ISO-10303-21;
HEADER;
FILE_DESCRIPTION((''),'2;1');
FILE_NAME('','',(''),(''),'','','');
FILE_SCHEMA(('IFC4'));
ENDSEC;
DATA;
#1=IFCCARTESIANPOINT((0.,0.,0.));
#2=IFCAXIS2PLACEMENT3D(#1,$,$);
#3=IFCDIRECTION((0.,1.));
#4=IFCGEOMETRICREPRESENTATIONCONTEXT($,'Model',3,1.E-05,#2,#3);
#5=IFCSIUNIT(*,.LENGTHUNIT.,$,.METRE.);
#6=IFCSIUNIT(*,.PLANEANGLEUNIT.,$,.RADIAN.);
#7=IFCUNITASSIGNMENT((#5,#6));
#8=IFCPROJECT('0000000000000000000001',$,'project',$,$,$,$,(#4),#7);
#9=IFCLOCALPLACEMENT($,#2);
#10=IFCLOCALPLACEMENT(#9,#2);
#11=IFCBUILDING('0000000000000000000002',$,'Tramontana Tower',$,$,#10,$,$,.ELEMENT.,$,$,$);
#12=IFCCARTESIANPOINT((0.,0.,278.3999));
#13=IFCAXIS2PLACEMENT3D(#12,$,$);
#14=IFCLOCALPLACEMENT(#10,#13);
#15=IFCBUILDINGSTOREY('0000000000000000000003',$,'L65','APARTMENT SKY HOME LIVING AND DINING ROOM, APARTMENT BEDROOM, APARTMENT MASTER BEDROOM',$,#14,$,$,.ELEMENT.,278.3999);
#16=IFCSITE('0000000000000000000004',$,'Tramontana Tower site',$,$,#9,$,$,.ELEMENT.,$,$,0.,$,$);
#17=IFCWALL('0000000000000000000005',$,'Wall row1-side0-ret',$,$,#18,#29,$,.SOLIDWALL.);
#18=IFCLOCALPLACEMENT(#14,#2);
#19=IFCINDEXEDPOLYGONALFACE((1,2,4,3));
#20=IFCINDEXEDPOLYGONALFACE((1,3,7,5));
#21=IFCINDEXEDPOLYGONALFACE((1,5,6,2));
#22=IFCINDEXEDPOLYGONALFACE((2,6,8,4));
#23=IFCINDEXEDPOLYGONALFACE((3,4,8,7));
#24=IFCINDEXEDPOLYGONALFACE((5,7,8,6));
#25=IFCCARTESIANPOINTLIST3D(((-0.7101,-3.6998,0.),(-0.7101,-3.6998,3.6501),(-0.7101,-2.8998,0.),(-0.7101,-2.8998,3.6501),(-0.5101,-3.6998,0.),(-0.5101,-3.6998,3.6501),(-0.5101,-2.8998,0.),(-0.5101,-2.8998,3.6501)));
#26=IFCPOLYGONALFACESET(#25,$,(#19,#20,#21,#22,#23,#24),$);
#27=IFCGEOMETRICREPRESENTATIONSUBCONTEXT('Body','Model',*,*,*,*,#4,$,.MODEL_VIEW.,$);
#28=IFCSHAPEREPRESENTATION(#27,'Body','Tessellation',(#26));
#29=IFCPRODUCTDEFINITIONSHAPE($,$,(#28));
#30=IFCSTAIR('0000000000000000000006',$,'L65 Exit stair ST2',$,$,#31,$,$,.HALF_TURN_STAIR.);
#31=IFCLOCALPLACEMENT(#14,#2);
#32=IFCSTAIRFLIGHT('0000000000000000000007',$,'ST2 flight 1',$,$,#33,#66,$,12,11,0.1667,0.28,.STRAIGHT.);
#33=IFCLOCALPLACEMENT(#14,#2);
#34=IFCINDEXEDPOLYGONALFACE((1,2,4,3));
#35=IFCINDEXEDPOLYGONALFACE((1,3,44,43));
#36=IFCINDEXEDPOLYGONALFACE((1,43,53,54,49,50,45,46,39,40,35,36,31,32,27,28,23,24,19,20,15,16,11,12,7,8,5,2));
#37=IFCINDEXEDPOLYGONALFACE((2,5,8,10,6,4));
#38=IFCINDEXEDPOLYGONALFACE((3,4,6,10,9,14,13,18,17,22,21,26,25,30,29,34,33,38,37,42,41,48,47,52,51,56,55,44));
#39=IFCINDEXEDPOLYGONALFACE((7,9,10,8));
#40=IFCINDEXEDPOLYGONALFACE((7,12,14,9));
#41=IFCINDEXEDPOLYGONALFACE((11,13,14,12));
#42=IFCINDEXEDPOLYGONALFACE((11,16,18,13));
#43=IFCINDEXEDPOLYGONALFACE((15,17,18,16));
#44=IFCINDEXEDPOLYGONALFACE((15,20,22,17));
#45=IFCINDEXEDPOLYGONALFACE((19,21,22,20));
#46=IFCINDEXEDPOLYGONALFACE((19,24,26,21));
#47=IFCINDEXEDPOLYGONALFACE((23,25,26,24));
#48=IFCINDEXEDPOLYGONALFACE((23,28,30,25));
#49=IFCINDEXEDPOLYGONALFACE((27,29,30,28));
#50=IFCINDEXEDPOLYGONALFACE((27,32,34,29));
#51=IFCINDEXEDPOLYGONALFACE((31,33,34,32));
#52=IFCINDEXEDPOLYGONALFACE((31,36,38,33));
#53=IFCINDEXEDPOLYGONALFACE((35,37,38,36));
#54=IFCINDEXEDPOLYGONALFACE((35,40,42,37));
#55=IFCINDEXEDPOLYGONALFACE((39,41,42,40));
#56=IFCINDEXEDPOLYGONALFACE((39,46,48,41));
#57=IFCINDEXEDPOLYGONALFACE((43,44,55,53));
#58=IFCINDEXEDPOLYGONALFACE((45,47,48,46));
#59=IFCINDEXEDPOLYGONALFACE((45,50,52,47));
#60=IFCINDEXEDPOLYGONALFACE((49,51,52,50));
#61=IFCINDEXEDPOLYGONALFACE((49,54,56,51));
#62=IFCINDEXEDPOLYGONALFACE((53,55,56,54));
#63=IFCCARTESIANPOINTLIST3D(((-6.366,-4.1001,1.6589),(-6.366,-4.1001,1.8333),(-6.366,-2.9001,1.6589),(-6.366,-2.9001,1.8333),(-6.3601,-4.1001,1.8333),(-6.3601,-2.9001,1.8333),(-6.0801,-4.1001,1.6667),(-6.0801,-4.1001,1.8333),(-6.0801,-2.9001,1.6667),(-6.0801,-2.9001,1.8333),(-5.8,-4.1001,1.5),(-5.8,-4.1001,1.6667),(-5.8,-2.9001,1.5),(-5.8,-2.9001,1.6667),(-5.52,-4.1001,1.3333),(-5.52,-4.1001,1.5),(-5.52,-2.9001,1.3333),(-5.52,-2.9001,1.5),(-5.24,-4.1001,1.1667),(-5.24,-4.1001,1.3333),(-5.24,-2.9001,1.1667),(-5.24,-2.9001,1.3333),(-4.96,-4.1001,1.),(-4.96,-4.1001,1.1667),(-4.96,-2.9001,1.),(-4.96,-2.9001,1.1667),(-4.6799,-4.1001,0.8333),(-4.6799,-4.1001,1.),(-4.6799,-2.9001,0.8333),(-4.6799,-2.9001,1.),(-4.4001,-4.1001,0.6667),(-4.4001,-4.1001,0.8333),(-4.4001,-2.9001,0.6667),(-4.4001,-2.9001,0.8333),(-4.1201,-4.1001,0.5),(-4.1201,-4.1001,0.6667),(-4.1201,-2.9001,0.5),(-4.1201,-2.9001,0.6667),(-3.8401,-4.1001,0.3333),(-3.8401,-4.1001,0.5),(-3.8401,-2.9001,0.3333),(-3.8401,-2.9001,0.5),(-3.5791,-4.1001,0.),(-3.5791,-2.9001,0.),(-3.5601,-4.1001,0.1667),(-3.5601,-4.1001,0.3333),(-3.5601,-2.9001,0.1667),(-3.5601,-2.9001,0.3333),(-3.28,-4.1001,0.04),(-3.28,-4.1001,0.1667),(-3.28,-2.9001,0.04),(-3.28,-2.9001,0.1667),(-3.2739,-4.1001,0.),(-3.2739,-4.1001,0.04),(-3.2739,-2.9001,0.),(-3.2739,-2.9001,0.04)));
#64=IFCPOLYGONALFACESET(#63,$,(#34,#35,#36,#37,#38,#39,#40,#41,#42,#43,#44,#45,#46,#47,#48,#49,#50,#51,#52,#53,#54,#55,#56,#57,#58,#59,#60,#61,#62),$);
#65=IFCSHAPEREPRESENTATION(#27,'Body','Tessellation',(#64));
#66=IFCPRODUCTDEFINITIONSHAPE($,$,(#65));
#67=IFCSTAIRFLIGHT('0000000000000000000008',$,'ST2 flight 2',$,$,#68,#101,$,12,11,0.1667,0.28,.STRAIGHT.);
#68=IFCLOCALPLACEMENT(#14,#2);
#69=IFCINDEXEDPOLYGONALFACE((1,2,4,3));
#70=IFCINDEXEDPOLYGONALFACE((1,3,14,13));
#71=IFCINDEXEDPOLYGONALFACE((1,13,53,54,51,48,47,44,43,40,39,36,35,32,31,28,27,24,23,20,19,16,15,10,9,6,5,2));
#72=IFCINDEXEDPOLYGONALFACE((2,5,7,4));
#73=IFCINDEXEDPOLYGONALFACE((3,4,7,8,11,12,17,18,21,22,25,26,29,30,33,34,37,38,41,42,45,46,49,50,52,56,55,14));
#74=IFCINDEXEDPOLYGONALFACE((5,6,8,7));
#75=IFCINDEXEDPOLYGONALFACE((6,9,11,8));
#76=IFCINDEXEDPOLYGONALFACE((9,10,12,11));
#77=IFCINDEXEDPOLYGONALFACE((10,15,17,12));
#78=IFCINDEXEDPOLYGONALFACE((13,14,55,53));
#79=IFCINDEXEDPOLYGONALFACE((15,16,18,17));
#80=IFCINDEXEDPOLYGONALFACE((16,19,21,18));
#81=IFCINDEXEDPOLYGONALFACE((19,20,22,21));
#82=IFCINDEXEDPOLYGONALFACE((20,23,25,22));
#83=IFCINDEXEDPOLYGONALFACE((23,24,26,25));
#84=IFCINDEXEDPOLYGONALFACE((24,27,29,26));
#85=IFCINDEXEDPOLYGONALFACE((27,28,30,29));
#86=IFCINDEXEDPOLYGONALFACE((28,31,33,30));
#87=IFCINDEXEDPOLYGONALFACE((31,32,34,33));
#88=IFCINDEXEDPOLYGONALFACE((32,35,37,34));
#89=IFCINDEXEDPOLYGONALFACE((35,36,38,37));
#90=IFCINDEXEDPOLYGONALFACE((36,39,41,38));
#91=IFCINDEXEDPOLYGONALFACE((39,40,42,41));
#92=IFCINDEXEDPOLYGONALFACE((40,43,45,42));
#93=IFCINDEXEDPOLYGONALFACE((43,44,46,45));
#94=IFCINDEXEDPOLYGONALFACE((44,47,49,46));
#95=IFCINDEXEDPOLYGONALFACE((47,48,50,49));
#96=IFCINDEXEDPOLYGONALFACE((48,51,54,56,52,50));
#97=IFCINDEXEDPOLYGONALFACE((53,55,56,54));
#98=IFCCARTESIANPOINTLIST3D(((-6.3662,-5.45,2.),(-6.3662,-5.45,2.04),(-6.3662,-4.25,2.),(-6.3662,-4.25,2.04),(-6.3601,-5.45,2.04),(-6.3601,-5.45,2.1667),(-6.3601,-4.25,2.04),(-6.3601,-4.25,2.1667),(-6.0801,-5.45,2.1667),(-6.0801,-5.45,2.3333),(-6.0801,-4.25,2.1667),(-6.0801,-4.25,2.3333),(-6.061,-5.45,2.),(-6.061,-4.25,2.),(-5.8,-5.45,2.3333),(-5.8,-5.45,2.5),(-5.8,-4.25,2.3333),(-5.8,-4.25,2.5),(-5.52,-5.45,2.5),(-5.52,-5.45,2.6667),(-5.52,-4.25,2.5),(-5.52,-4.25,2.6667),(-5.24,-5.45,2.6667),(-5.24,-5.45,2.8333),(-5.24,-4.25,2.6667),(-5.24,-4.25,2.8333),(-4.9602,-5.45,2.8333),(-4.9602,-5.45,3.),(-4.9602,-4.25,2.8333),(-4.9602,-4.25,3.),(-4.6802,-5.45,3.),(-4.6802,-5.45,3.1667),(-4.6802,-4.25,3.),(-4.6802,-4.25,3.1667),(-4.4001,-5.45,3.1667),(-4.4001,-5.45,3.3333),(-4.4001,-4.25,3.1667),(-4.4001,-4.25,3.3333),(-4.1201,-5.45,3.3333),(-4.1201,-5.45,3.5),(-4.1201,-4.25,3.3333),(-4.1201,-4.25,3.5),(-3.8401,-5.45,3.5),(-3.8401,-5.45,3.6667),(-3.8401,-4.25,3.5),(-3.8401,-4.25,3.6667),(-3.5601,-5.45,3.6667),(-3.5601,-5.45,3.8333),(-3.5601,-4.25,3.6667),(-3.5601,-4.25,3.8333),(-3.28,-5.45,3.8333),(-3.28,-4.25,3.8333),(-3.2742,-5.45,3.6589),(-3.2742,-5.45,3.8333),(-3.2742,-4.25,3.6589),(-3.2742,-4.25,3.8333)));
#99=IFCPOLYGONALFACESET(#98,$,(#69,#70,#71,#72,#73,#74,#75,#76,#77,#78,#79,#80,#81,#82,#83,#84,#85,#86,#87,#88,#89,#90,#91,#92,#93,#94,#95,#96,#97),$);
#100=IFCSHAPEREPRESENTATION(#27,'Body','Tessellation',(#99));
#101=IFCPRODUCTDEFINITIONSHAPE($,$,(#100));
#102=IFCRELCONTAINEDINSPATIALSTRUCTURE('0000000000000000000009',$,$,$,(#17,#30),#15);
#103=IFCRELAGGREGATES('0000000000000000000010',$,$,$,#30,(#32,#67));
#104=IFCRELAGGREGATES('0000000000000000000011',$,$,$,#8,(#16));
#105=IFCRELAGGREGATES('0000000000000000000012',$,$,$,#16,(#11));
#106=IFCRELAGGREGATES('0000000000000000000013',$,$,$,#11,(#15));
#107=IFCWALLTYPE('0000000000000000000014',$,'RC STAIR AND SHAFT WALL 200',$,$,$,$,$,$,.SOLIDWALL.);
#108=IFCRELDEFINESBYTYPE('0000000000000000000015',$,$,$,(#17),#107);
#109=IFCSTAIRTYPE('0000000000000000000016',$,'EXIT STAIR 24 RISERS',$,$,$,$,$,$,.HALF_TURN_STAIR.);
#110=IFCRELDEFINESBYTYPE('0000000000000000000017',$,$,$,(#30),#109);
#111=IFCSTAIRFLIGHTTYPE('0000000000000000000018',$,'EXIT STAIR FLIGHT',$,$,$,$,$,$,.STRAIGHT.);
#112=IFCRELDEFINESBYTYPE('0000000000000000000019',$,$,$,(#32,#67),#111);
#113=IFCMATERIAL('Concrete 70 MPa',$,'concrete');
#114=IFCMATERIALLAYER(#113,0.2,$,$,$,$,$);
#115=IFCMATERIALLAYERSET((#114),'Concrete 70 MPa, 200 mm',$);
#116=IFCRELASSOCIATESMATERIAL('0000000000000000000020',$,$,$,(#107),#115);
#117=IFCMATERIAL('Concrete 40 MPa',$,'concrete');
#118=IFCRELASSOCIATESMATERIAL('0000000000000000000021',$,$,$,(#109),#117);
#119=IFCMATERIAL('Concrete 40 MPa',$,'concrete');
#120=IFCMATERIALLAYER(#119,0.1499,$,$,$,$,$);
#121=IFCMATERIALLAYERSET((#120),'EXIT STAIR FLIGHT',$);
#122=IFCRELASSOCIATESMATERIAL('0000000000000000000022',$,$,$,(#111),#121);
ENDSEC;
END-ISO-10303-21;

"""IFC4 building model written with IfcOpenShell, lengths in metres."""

from ifc_helpers import new_model, si_unit, direction, frame, frame_2d, origin, place, context, subcontext, project, spatial, polyline, rectangle, outline, extrude, material, layer, layer_set, type_object, element, aggregate, save


model = new_model("IFC4")

# Units and contexts
model_context = context("Model", 3, precision=1e-05, world=origin(), true_north=direction((0.0, 1.0)))
body_context = subcontext(model_context, "Body", "Model", "MODEL_VIEW")
ifc_project = project(units=[si_unit("LENGTHUNIT", "METRE"), si_unit("PLANEANGLEUNIT", "RADIAN")], contexts=[model_context])

# Site, building, storey
site_placement = place(None, origin())
site = spatial("IfcSite", under=ifc_project, at=site_placement, Name="Tramontana Tower site", CompositionType="ELEMENT", RefElevation=0.0)
building_placement = place(site_placement, origin())
building = spatial("IfcBuilding", under=site, at=building_placement, Name="Tramontana Tower", CompositionType="ELEMENT")
storey_placement = place(building_placement, frame((0.0, 0.0, 278.3999)))
storey = spatial("IfcBuildingStorey", under=building, at=storey_placement, Name="L65", Description="APARTMENT SKY HOME LIVING AND DINING ROOM, APARTMENT BEDROOM, APARTMENT MASTER BEDROOM", CompositionType="ELEMENT", Elevation=278.3999)

# Shared definitions
ifc_material_1 = material(Name="Concrete 70 MPa", Category="concrete")
ifc_layer_1 = layer(ifc_material_1, 0.2)
ifc_layer_set_1 = layer_set([ifc_layer_1], Name="Concrete 70 MPa, 200 mm")
wall_type_1 = type_object("IfcWallType", Name="RC STAIR AND SHAFT WALL 200", PredefinedType="SOLIDWALL", material=ifc_layer_set_1)

# Wall
wall_1_placement = place(storey_placement, frame((-0.6101, -2.8999, 0.0), z_axis=(0.0, 0.0, 1.0), x_axis=(0.0, -1.0, 0.0)))
element("IfcWall", 1, at=wall_1_placement, inside=storey, type_object=wall_type_1, Name="Wall row1-side0-ret", PredefinedType="SOLIDWALL", context=body_context, shape_type="SweptSolid", body=[
    extrude(rectangle(XDim=0.8, YDim=0.2, at=frame_2d((0.3999, 0.0))), origin(), (0.0, 0.0, 1.0), 3.6501),
])

# Stair, stair flights
ifc_material_2 = material(Name="Concrete 40 MPa", Category="concrete")
stair_type = type_object("IfcStairType", Name="EXIT STAIR 24 RISERS", PredefinedType="HALF_TURN_STAIR", material=ifc_material_2)
stair_placement = place(storey_placement, origin())
stair = element("IfcStair", 2, at=stair_placement, inside=storey, type_object=stair_type, Name="L65 Exit stair ST2", PredefinedType="HALF_TURN_STAIR")
ifc_material_3 = material(Name="Concrete 40 MPa", Category="concrete")
ifc_layer_2 = layer(ifc_material_3, 0.1499)
ifc_layer_set_2 = layer_set([ifc_layer_2], Name="EXIT STAIR FLIGHT")
stair_flight_type = type_object("IfcStairFlightType", Name="EXIT STAIR FLIGHT", PredefinedType="STRAIGHT", material=ifc_layer_set_2)
stair_flight_1_placement = place(storey_placement, frame((-3.28, -3.5, 0.0), z_axis=(0.0, 0.0, 1.0), x_axis=(-1.0, 0.0, 0.0)))
stair_flight_1 = element("IfcStairFlight", 3, at=stair_flight_1_placement, type_object=stair_flight_type, Name="ST2 flight 1", NumberOfRisers=12, NumberOfTreads=11, PredefinedType="STRAIGHT", RiserHeight=0.1667, TreadLength=0.28, context=body_context, shape_type="SweptSolid", body=[
    extrude(outline(polyline([(-0.0061, 0.0), (-0.0061, 0.04), (0.0, 0.04), (0.0, 0.1667), (0.28, 0.1667), (0.28, 0.3333), (0.5601, 0.3333), (0.5601, 0.5), (0.8401, 0.5), (0.8401, 0.6667), (1.1201, 0.6667), (1.1201, 0.8333), (1.3999, 0.8333), (1.3999, 1.0), (1.6799, 1.0), (1.6799, 1.1667), (1.96, 1.1667), (1.96, 1.3333), (2.24, 1.3333), (2.24, 1.5), (2.52, 1.5), (2.52, 1.6667), (2.8, 1.6667), (2.8, 1.8333), (3.0801, 1.8333), (3.0859, 1.8333), (3.0859, 1.6589), (0.2991, 0.0), (-0.0061, 0.0)])), frame((0.0, 0.6001, 0.0), z_axis=(0.0, -1.0, 0.0), x_axis=(1.0, 0.0, 0.0)), (0.0, 0.0, 1.0), 1.2),
])
stair_flight_2_placement = place(storey_placement, frame((-6.3601, -4.8501, 2.0), z_axis=(0.0, 0.0, 1.0), x_axis=(1.0, 0.0, 0.0)))
stair_flight_2 = element("IfcStairFlight", 4, at=stair_flight_2_placement, type_object=stair_flight_type, Name="ST2 flight 2", NumberOfRisers=12, NumberOfTreads=11, PredefinedType="STRAIGHT", RiserHeight=0.1667, TreadLength=0.28, context=body_context, shape_type="SweptSolid", body=[
    extrude(outline(polyline([(-0.0061, 0.0), (-0.0061, 0.04), (0.0, 0.04), (0.0, 0.1667), (0.28, 0.1667), (0.28, 0.3333), (0.5601, 0.3333), (0.5601, 0.5), (0.8401, 0.5), (0.8401, 0.6667), (1.1201, 0.6667), (1.1201, 0.8333), (1.3999, 0.8333), (1.3999, 1.0), (1.6799, 1.0), (1.6799, 1.1667), (1.96, 1.1667), (1.96, 1.3333), (2.24, 1.3333), (2.24, 1.5), (2.52, 1.5), (2.52, 1.6667), (2.8, 1.6667), (2.8, 1.8333), (3.0801, 1.8333), (3.0859, 1.8333), (3.0859, 1.6589), (0.2991, 0.0), (-0.0061, 0.0)])), frame((0.0, 0.6001, 0.0), z_axis=(0.0, -1.0, 0.0), x_axis=(1.0, 0.0, 0.0)), (0.0, 0.0, 1.0), 1.2),
])
aggregate(stair, [stair_flight_1, stair_flight_2])

save(model, "model.ifc")
